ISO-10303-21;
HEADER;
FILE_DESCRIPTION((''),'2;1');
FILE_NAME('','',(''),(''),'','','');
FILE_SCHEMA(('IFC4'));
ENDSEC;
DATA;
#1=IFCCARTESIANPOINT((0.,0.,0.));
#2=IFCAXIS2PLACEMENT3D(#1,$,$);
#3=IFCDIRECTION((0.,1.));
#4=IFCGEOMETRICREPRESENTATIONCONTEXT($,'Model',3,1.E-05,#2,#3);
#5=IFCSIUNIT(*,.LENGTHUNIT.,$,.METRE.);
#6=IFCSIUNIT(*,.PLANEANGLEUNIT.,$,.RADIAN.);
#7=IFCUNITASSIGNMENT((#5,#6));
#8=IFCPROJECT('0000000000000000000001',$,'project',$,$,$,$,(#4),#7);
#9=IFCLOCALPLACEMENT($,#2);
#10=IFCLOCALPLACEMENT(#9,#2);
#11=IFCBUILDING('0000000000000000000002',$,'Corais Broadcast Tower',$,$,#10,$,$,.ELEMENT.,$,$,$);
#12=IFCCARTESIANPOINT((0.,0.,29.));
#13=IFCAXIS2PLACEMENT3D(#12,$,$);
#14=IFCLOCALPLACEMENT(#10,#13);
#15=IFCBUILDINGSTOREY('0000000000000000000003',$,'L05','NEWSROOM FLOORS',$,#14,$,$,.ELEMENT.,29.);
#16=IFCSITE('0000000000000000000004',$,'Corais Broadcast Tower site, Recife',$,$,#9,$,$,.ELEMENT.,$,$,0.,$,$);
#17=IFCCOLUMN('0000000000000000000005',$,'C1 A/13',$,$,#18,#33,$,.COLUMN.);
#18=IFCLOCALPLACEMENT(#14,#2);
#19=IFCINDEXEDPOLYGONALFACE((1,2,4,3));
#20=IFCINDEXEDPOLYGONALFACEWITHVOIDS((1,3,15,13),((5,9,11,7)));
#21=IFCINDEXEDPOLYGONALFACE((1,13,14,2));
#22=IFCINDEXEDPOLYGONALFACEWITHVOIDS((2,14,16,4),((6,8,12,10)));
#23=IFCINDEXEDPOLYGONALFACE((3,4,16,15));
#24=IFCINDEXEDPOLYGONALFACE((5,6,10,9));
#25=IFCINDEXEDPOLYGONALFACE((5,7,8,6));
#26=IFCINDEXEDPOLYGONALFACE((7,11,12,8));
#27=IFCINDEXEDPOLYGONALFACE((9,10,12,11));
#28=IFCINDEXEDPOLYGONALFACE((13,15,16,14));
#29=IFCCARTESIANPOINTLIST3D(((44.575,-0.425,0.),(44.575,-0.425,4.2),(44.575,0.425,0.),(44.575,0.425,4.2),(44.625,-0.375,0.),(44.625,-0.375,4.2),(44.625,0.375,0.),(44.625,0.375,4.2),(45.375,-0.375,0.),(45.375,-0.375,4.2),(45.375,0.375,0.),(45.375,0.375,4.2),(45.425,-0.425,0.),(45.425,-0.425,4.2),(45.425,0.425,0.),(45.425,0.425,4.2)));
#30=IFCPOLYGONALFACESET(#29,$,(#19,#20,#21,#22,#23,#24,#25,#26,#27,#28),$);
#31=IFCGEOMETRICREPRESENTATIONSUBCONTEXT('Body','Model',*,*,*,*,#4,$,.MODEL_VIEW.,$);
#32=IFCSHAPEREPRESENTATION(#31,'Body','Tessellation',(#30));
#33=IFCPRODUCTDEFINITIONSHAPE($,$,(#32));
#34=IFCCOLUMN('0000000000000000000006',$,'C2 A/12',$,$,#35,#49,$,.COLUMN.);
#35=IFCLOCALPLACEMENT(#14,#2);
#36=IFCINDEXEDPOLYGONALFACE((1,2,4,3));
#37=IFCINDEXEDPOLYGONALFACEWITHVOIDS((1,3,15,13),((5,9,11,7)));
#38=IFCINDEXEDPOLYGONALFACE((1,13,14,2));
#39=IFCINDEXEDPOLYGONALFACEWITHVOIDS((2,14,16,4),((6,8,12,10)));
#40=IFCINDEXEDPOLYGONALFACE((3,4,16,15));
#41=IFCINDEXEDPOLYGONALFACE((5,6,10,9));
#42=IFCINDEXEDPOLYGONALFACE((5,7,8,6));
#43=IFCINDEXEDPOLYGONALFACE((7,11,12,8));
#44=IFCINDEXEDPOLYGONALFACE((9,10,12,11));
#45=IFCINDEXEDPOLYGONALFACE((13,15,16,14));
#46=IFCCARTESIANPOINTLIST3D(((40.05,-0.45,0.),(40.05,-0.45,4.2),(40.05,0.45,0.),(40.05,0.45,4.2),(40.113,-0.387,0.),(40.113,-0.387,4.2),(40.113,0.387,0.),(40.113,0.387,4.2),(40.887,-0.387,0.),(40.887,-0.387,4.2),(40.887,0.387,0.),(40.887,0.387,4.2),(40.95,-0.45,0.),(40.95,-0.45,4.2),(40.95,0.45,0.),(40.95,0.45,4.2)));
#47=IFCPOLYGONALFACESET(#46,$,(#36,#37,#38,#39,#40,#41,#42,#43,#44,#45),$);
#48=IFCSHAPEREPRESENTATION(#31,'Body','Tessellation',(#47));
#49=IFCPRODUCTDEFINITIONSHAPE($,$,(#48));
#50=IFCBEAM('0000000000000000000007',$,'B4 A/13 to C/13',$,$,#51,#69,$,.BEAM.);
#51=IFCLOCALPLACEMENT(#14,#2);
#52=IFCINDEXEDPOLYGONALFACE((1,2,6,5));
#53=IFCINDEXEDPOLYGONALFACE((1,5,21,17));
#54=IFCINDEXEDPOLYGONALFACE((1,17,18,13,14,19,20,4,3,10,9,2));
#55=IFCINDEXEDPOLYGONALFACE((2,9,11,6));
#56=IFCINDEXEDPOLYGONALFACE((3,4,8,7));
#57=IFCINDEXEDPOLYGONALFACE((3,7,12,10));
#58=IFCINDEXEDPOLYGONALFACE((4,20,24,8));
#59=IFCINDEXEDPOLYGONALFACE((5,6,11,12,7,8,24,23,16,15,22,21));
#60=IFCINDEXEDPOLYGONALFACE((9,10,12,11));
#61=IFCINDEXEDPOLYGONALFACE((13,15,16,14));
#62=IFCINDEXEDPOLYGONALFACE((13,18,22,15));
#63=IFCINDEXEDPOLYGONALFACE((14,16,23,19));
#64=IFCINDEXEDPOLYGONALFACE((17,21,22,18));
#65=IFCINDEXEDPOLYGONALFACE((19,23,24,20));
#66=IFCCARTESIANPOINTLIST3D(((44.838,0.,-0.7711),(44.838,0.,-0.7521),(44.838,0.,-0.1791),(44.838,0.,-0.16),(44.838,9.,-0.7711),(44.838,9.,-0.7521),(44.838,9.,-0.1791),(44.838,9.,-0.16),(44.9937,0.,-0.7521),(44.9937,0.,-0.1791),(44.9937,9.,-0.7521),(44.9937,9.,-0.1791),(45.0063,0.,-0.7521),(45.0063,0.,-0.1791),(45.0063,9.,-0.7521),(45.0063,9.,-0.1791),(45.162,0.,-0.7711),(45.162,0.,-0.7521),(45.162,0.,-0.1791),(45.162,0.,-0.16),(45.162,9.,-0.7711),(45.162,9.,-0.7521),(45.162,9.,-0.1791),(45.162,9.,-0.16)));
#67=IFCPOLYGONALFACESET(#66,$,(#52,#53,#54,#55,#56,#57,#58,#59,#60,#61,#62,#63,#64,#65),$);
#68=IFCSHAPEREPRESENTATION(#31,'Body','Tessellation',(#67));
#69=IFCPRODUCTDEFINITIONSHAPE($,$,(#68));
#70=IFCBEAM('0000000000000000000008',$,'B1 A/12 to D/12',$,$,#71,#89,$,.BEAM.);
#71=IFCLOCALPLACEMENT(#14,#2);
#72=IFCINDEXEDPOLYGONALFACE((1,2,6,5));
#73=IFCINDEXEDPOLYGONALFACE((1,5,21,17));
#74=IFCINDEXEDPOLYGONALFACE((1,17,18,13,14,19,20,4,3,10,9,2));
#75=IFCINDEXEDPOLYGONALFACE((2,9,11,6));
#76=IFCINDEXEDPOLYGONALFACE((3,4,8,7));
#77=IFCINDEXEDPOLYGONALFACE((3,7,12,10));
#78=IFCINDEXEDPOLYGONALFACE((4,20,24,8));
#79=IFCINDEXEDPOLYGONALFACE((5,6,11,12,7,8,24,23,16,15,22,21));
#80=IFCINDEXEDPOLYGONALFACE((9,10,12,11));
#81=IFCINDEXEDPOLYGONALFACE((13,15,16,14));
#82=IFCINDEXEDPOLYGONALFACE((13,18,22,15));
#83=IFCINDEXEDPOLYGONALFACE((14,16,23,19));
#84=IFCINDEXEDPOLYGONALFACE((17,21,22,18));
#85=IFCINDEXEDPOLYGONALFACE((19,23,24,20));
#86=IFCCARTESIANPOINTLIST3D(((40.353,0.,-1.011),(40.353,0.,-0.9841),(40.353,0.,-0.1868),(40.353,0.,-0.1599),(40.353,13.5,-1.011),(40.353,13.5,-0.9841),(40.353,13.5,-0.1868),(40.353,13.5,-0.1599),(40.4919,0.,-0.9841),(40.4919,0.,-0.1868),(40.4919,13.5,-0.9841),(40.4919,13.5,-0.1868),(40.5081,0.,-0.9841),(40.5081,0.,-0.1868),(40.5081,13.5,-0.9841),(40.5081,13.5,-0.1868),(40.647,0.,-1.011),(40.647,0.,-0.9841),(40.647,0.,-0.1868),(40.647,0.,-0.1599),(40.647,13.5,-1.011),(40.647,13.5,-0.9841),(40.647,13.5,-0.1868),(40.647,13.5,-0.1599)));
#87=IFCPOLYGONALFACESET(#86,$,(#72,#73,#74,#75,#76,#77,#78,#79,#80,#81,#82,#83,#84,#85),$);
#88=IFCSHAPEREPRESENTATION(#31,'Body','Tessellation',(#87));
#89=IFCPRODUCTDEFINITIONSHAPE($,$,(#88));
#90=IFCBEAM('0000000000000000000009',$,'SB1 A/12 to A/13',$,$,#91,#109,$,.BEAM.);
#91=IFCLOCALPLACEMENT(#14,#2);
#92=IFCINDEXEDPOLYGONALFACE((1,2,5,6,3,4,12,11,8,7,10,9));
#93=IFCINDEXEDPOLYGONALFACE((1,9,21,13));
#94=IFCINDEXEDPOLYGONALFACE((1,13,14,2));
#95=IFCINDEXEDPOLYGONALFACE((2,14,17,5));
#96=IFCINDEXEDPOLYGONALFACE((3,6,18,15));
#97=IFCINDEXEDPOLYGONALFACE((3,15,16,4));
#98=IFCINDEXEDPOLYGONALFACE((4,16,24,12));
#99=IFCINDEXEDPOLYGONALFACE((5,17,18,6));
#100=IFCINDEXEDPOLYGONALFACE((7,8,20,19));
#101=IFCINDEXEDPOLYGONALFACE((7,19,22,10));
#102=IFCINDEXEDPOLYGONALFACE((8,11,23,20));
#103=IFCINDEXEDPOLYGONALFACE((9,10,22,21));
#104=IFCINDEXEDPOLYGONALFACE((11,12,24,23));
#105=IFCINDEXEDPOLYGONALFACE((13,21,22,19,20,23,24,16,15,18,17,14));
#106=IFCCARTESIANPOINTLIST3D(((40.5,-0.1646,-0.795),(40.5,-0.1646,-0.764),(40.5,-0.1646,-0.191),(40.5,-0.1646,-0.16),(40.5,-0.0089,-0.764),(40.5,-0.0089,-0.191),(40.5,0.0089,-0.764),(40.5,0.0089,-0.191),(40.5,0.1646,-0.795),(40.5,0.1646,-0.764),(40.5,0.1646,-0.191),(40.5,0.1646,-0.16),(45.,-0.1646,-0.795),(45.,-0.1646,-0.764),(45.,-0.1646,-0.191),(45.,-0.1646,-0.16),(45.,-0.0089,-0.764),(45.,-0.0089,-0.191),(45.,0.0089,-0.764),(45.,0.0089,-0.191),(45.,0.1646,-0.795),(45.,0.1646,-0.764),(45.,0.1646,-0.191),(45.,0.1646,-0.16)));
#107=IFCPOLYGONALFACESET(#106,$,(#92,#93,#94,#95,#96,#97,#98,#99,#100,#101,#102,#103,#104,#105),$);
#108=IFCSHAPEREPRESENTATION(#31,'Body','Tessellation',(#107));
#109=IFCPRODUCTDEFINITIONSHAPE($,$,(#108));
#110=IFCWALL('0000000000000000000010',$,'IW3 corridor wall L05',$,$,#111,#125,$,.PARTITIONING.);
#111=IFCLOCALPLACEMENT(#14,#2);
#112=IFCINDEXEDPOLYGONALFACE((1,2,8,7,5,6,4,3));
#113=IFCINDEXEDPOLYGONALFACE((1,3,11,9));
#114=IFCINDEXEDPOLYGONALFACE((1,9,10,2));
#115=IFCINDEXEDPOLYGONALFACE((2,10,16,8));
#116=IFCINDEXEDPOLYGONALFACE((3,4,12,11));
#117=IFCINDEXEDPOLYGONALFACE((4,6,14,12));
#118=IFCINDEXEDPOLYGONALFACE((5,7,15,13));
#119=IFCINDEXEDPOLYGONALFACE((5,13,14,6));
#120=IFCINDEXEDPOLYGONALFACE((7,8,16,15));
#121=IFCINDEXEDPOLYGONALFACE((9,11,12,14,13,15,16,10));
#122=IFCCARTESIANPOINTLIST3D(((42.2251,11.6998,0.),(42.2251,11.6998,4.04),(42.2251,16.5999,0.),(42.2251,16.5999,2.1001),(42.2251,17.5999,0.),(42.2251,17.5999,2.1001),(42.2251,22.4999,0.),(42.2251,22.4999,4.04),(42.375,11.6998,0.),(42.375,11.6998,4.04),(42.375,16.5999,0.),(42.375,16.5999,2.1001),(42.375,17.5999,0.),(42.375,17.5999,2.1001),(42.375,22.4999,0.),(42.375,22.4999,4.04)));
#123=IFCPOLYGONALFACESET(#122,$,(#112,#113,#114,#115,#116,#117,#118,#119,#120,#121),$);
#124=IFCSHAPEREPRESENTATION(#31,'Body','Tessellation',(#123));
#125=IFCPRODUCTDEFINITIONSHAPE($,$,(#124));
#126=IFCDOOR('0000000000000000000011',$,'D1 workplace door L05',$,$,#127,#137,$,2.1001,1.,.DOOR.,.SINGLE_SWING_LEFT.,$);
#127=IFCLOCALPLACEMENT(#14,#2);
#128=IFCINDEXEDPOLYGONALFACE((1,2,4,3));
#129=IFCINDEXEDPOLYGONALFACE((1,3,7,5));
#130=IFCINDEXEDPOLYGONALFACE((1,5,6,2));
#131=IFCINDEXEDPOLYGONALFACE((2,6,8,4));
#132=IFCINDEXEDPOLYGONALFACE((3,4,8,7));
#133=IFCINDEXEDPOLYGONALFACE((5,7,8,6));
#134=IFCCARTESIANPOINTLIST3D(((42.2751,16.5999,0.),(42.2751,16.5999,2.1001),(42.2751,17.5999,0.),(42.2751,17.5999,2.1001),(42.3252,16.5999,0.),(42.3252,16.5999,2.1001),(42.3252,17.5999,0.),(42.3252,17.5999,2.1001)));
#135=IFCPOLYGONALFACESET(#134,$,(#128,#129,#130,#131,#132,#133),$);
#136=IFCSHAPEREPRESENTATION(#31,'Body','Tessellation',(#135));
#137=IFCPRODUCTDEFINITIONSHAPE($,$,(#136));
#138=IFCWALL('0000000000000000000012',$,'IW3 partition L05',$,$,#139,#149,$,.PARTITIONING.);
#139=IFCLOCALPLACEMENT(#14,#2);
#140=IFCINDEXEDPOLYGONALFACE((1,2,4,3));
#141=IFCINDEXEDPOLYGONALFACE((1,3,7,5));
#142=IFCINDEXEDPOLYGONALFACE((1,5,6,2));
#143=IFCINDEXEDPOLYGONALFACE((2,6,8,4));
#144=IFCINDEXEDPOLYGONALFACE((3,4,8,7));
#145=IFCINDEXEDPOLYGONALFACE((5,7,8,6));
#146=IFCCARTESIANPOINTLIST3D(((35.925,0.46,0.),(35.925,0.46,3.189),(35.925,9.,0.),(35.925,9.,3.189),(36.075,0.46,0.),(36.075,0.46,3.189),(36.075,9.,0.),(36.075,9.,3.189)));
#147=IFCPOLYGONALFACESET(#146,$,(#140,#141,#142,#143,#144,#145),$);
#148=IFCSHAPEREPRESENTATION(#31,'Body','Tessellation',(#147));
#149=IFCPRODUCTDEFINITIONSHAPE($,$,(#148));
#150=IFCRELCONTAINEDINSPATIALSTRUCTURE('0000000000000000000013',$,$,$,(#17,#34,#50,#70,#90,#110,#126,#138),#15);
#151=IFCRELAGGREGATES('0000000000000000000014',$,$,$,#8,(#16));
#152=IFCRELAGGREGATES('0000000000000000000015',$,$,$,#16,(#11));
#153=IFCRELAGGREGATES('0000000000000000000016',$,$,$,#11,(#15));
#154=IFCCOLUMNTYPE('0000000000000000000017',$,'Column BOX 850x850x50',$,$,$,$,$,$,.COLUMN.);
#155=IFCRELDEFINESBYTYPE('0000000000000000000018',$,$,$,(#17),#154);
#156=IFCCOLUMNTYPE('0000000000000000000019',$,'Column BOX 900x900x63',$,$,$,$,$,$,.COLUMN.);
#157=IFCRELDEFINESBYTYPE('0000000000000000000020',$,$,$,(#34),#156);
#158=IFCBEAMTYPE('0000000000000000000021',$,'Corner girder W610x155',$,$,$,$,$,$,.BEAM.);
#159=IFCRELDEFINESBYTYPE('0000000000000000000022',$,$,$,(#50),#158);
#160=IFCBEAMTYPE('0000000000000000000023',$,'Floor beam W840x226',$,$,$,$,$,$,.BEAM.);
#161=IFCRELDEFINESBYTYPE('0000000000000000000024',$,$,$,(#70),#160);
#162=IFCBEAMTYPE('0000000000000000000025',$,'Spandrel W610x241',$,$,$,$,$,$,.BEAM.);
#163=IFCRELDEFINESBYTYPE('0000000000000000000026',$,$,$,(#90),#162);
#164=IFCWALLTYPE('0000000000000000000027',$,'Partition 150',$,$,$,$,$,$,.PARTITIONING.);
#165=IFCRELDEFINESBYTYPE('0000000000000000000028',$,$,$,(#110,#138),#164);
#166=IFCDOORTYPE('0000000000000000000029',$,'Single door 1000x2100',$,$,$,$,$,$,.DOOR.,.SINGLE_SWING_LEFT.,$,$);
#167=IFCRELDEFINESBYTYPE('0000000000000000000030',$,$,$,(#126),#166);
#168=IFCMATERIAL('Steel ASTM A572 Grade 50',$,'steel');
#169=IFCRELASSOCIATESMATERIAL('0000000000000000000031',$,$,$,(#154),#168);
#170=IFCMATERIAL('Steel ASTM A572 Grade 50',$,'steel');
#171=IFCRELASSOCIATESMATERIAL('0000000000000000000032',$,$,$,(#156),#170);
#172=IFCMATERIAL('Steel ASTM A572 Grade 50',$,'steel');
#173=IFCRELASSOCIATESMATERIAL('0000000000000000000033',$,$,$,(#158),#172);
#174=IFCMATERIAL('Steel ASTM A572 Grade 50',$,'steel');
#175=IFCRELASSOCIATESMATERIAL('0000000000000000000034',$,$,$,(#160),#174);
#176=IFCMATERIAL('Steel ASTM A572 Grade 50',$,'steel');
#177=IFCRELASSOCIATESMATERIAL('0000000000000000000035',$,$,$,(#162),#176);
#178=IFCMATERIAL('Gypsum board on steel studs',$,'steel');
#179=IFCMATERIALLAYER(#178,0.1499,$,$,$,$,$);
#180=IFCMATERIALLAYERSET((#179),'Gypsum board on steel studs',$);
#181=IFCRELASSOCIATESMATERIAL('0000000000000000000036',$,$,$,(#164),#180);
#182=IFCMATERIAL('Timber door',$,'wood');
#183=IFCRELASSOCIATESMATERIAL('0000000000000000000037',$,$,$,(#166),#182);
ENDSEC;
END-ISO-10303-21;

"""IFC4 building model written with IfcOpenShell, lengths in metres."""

from ifc_helpers import new_model, si_unit, direction, frame, frame_2d, origin, origin_2d, place, context, subcontext, project, spatial, rectangle, hollow_rectangle, i_section, extrude, material, layer, layer_set, material_profile, profile_set, type_object, element, fill, save


model = new_model("IFC4")

# Units and contexts
model_context = context("Model", 3, precision=1e-05, world=origin(), true_north=direction((0.0, 1.0)))
body_context = subcontext(model_context, "Body", "Model", "MODEL_VIEW")
ifc_project = project(units=[si_unit("LENGTHUNIT", "METRE"), si_unit("PLANEANGLEUNIT", "RADIAN")], contexts=[model_context])

# Site, building, storey
site_placement = place(None, origin())
site = spatial("IfcSite", under=ifc_project, at=site_placement, Name="Corais Broadcast Tower site, Recife", CompositionType="ELEMENT", RefElevation=0.0)
building_placement = place(site_placement, origin())
building = spatial("IfcBuilding", under=site, at=building_placement, Name="Corais Broadcast Tower", CompositionType="ELEMENT")
storey_placement = place(building_placement, frame((0.0, 0.0, 29.0)))
storey = spatial("IfcBuildingStorey", under=building, at=storey_placement, Name="L05", Description="NEWSROOM FLOORS", CompositionType="ELEMENT", Elevation=29.0)

# Columns
ifc_material_1 = material(Name="Steel ASTM A572 Grade 50", Category="steel")
ifc_material_profile_1 = material_profile(ifc_material_1, hollow_rectangle(XDim=0.8501, YDim=0.8501, WallThickness=0.05, at=origin_2d()), Name="BOX 850x850x50")
ifc_profile_set_1 = profile_set([ifc_material_profile_1], Name="Steel ASTM A572 Grade 50")
column_type_1 = type_object("IfcColumnType", Name="Column BOX 850x850x50", PredefinedType="COLUMN", material=ifc_profile_set_1)
column_1_placement = place(storey_placement, frame((45.0, 0.0, 0.0), z_axis=(0.0, 0.0, 1.0), x_axis=(1.0, 0.0, 0.0)))
element("IfcColumn", 1, at=column_1_placement, inside=storey, type_object=column_type_1, Name="C1 A/13", PredefinedType="COLUMN", context=body_context, shape_type="SweptSolid", body=[
    extrude(hollow_rectangle(XDim=0.8501, YDim=0.8501, WallThickness=0.05, at=origin_2d()), origin(), (0.0, 0.0, 1.0), 4.2),
])
ifc_material_2 = material(Name="Steel ASTM A572 Grade 50", Category="steel")
ifc_material_profile_2 = material_profile(ifc_material_2, hollow_rectangle(XDim=0.8999, YDim=0.8999, WallThickness=0.063, at=origin_2d()), Name="BOX 900x900x63")
ifc_profile_set_2 = profile_set([ifc_material_profile_2], Name="Steel ASTM A572 Grade 50")
column_type_2 = type_object("IfcColumnType", Name="Column BOX 900x900x63", PredefinedType="COLUMN", material=ifc_profile_set_2)
column_2_placement = place(storey_placement, frame((40.5, 0.0, 0.0), z_axis=(0.0, 0.0, 1.0), x_axis=(1.0, 0.0, 0.0)))
element("IfcColumn", 2, at=column_2_placement, inside=storey, type_object=column_type_2, Name="C2 A/12", PredefinedType="COLUMN", context=body_context, shape_type="SweptSolid", body=[
    extrude(hollow_rectangle(XDim=0.8999, YDim=0.8999, WallThickness=0.063, at=origin_2d()), origin(), (0.0, 0.0, 1.0), 4.2),
])

# Beams
ifc_material_3 = material(Name="Steel ASTM A572 Grade 50", Category="steel")
ifc_material_profile_3 = material_profile(ifc_material_3, i_section(OverallWidth=0.324, OverallDepth=0.6111, WebThickness=0.0127, FlangeThickness=0.019, at=origin_2d()), Name="W610x155")
ifc_profile_set_3 = profile_set([ifc_material_profile_3], Name="Steel ASTM A572 Grade 50")
beam_type_1 = type_object("IfcBeamType", Name="Corner girder W610x155", PredefinedType="BEAM", material=ifc_profile_set_3)
beam_1_placement = place(storey_placement, frame((45.0, 0.0, -0.4656), z_axis=(0.0, 1.0, 0.0), x_axis=(-1.0, 0.0, 0.0)))
element("IfcBeam", 3, at=beam_1_placement, inside=storey, type_object=beam_type_1, Name="B4 A/13 to C/13", PredefinedType="BEAM", context=body_context, shape_type="SweptSolid", body=[
    extrude(i_section(OverallWidth=0.324, OverallDepth=0.6111, WebThickness=0.0127, FlangeThickness=0.019, at=origin_2d()), origin(), (0.0, 0.0, 1.0), 9.0),
])
ifc_material_4 = material(Name="Steel ASTM A572 Grade 50", Category="steel")
ifc_material_profile_4 = material_profile(ifc_material_4, i_section(OverallWidth=0.2939, OverallDepth=0.8511, WebThickness=0.0161, FlangeThickness=0.0269, at=origin_2d()), Name="W840x226")
ifc_profile_set_4 = profile_set([ifc_material_profile_4], Name="Steel ASTM A572 Grade 50")
beam_type_2 = type_object("IfcBeamType", Name="Floor beam W840x226", PredefinedType="BEAM", material=ifc_profile_set_4)
beam_2_placement = place(storey_placement, frame((40.5, 0.0, -0.5854), z_axis=(0.0, 1.0, 0.0), x_axis=(-1.0, 0.0, 0.0)))
element("IfcBeam", 4, at=beam_2_placement, inside=storey, type_object=beam_type_2, Name="B1 A/12 to D/12", PredefinedType="BEAM", context=body_context, shape_type="SweptSolid", body=[
    extrude(i_section(OverallWidth=0.2939, OverallDepth=0.8511, WebThickness=0.0161, FlangeThickness=0.0269, at=origin_2d()), origin(), (0.0, 0.0, 1.0), 13.5),
])
ifc_material_5 = material(Name="Steel ASTM A572 Grade 50", Category="steel")
ifc_material_profile_5 = material_profile(ifc_material_5, i_section(OverallWidth=0.3291, OverallDepth=0.635, WebThickness=0.0178, FlangeThickness=0.031, at=origin_2d()), Name="W610x241")
ifc_profile_set_5 = profile_set([ifc_material_profile_5], Name="Steel ASTM A572 Grade 50")
beam_type_3 = type_object("IfcBeamType", Name="Spandrel W610x241", PredefinedType="BEAM", material=ifc_profile_set_5)
beam_3_placement = place(storey_placement, frame((40.5, 0.0, -0.4775), z_axis=(1.0, 0.0, 0.0), x_axis=(0.0, 1.0, 0.0)))
element("IfcBeam", 5, at=beam_3_placement, inside=storey, type_object=beam_type_3, Name="SB1 A/12 to A/13", PredefinedType="BEAM", context=body_context, shape_type="SweptSolid", body=[
    extrude(i_section(OverallWidth=0.3291, OverallDepth=0.635, WebThickness=0.0178, FlangeThickness=0.031, at=origin_2d()), origin(), (0.0, 0.0, 1.0), 4.5),
])

# Wall, opening, door
ifc_material_6 = material(Name="Gypsum board on steel studs", Category="steel")
ifc_layer_1 = layer(ifc_material_6, 0.1499)
ifc_layer_set_1 = layer_set([ifc_layer_1], Name="Gypsum board on steel studs")
wall_type_1 = type_object("IfcWallType", Name="Partition 150", PredefinedType="PARTITIONING", material=ifc_layer_set_1)
wall_1_placement = place(storey_placement, frame((42.3, 11.7, 0.0), z_axis=(0.0, 0.0, 1.0), x_axis=(0.0, 1.0, 0.0)))
wall_1 = element("IfcWall", 6, at=wall_1_placement, inside=storey, type_object=wall_type_1, Name="IW3 corridor wall L05", PredefinedType="PARTITIONING", context=body_context, shape_type="SweptSolid", body=[
    extrude(rectangle(XDim=10.8, YDim=0.1499, at=frame_2d((5.3999, 0.0))), origin(), (0.0, 0.0, 1.0), 4.04),
])
opening_1_placement = place(wall_1_placement, frame((4.8999, 0.0, 0.0)))
opening_1 = element("IfcOpeningElement", 7, at=opening_1_placement, cuts=wall_1, PredefinedType="OPENING", context=body_context, shape_type="SweptSolid", body=[
    extrude(rectangle(XDim=1.0, YDim=2.1001, at=frame_2d((0.5, 1.05))), frame((0.0, 0.085, 0.0), z_axis=(0.0, -1.0, 0.0), x_axis=(1.0, 0.0, 0.0)), (0.0, 0.0, 1.0), 0.1699),
])
ifc_material_7 = material(Name="Timber door", Category="wood")
door_type = type_object("IfcDoorType", Name="Single door 1000x2100", OperationType="SINGLE_SWING_LEFT", PredefinedType="DOOR", material=ifc_material_7)
door_1_placement = place(opening_1_placement, origin())
door_1 = element("IfcDoor", 8, at=door_1_placement, inside=storey, type_object=door_type, Name="D1 workplace door L05", OperationType="SINGLE_SWING_LEFT", OverallHeight=2.1001, OverallWidth=1.0, PredefinedType="DOOR", context=body_context, shape_type="SweptSolid", body=[
    extrude(rectangle(XDim=1.0, YDim=2.1001, at=frame_2d((0.5, 1.05))), frame((0.0, 0.0249, 0.0), z_axis=(0.0, -1.0, 0.0), x_axis=(1.0, 0.0, 0.0)), (0.0, 0.0, 1.0), 0.05),
])
fill(opening_1, door_1)

# Wall
wall_2_placement = place(storey_placement, frame((36.0, 0.46, 0.0), z_axis=(0.0, 0.0, 1.0), x_axis=(0.0, 1.0, 0.0)))
element("IfcWall", 9, at=wall_2_placement, inside=storey, type_object=wall_type_1, Name="IW3 partition L05", PredefinedType="PARTITIONING", context=body_context, shape_type="SweptSolid", body=[
    extrude(rectangle(XDim=8.54, YDim=0.1499, at=frame_2d((4.27, 0.0))), origin(), (0.0, 0.0, 1.0), 3.189),
])

save(model, "model.ifc")
